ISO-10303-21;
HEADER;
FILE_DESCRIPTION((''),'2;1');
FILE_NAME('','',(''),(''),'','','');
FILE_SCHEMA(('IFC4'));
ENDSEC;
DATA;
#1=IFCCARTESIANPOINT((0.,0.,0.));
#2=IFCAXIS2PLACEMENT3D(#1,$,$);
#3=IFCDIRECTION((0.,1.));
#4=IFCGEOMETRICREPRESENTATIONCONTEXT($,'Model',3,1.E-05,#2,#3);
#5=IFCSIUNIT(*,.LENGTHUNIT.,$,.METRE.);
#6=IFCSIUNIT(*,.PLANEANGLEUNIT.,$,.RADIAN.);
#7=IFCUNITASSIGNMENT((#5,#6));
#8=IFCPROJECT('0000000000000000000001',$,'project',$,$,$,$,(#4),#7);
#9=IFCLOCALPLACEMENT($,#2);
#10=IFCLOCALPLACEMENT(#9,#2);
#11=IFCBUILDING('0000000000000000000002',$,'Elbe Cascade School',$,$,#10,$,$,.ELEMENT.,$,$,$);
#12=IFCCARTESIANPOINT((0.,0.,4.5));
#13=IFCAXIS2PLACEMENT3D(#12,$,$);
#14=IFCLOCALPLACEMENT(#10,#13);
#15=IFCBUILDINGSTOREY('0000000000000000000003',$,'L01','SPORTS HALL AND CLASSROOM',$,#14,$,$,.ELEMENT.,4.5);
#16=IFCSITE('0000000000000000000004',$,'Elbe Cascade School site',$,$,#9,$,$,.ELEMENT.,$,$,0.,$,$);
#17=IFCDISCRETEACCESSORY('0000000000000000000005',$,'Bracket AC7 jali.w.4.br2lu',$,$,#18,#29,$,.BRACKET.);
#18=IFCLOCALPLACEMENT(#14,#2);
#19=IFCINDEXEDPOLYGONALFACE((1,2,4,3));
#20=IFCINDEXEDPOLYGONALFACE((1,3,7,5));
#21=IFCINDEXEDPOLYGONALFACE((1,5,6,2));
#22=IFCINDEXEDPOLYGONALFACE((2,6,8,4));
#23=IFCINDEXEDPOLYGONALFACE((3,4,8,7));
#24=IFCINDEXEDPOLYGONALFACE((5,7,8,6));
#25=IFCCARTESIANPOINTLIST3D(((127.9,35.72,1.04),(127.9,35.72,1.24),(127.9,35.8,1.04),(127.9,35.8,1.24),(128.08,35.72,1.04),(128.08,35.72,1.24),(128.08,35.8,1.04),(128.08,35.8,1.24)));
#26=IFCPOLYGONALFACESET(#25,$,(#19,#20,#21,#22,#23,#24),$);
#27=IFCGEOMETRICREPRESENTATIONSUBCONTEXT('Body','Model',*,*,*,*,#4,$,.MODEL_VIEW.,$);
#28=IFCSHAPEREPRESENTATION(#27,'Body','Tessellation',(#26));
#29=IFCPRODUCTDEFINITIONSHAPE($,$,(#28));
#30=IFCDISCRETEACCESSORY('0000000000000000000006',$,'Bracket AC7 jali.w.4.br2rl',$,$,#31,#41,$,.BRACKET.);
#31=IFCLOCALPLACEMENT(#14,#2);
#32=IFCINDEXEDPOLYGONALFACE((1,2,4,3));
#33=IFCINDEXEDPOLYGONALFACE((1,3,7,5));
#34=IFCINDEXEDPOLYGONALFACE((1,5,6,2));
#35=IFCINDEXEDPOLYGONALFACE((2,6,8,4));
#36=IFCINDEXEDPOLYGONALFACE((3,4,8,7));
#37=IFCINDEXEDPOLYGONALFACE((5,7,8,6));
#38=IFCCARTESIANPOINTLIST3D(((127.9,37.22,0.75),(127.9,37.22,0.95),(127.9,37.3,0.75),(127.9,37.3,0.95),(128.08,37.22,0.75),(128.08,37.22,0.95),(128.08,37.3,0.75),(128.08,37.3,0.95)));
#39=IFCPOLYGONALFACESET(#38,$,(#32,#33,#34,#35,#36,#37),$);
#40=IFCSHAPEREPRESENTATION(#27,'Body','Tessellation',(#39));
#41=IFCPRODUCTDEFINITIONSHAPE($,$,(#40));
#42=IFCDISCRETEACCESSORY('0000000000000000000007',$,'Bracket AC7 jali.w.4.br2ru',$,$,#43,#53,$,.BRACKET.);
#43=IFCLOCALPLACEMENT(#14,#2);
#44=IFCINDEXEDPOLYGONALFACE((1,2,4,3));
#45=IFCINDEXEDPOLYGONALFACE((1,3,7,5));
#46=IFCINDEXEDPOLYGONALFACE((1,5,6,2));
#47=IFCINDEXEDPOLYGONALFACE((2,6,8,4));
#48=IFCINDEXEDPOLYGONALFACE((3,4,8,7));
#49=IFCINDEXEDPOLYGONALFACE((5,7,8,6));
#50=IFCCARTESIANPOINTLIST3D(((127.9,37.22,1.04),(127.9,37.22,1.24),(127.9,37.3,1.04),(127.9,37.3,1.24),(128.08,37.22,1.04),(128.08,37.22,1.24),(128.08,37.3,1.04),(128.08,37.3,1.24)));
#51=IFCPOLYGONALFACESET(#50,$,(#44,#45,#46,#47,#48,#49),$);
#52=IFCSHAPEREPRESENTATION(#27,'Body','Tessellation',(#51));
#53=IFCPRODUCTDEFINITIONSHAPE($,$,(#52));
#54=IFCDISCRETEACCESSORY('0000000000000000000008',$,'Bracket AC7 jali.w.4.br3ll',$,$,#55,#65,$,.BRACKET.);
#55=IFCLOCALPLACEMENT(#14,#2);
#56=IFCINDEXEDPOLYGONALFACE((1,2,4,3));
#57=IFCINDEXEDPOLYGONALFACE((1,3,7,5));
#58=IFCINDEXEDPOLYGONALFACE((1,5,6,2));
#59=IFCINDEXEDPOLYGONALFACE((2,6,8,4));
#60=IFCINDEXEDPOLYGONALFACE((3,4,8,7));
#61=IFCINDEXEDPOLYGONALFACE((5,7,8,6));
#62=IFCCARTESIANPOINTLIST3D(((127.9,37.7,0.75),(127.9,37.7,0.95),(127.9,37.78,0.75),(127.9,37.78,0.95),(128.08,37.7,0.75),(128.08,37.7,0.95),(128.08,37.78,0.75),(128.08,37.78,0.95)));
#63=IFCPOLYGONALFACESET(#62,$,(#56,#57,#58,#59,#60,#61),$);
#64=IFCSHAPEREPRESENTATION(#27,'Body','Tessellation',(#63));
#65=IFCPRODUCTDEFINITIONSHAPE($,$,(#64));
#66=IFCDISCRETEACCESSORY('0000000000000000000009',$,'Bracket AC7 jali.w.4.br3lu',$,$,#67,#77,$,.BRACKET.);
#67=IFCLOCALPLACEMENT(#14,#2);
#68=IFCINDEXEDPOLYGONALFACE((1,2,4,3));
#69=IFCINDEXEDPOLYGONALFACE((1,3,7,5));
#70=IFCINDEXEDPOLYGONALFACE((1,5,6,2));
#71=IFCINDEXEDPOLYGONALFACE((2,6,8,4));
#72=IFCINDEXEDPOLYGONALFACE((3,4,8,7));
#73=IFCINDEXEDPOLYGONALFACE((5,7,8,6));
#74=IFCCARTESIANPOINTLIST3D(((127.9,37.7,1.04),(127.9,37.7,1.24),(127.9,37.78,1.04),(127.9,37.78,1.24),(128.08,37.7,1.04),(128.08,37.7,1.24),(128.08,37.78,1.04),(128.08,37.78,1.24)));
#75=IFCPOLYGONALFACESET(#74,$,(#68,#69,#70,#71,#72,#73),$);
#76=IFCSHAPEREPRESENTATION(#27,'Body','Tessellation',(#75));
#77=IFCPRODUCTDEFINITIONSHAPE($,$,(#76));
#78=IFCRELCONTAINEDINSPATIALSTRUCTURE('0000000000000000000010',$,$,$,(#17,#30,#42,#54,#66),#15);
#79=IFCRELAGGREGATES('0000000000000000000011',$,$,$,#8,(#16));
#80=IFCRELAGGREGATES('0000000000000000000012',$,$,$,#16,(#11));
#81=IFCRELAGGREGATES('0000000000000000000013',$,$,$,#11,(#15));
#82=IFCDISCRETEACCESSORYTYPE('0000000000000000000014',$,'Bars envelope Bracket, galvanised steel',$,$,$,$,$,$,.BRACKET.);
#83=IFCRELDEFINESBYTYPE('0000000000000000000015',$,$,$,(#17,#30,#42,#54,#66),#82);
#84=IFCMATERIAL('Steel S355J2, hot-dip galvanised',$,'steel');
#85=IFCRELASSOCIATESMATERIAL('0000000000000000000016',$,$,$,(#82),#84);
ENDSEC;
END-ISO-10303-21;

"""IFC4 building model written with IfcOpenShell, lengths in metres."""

from ifc_helpers import new_model, si_unit, direction, frame, origin, origin_2d, place, context, subcontext, project, spatial, rectangle, extrude, material, type_object, element, save


model = new_model("IFC4")

# Units and contexts
model_context = context("Model", 3, precision=1e-05, world=origin(), true_north=direction((0.0, 1.0)))
body_context = subcontext(model_context, "Body", "Model", "MODEL_VIEW")
ifc_project = project(units=[si_unit("LENGTHUNIT", "METRE"), si_unit("PLANEANGLEUNIT", "RADIAN")], contexts=[model_context])

# Site, building, storey
site_placement = place(None, origin())
site = spatial("IfcSite", under=ifc_project, at=site_placement, Name="Elbe Cascade School site", CompositionType="ELEMENT", RefElevation=0.0)
building_placement = place(site_placement, origin())
building = spatial("IfcBuilding", under=site, at=building_placement, Name="Elbe Cascade School", CompositionType="ELEMENT")
storey_placement = place(building_placement, frame((0.0, 0.0, 4.5)))
storey = spatial("IfcBuildingStorey", under=building, at=storey_placement, Name="L01", Description="SPORTS HALL AND CLASSROOM", CompositionType="ELEMENT", Elevation=4.5)

# Discrete accessories
ifc_material_1 = material(Name="Steel S355J2, hot-dip galvanised", Category="steel")
discrete_accessory_type = type_object("IfcDiscreteAccessoryType", Name="Bars envelope Bracket, galvanised steel", PredefinedType="BRACKET", material=ifc_material_1)
for number, where, z_axis, x_axis, name in (
    (1, (127.99, 35.76, 1.04), (0.0, 0.0, 1.0), (0.0, 1.0, 0.0), "Bracket AC7 jali.w.4.br2lu"),
    (2, (127.99, 37.26, 0.75), (0.0, 0.0, 1.0), (0.0, 1.0, 0.0), "Bracket AC7 jali.w.4.br2rl"),
    (3, (127.99, 37.26, 1.04), (0.0, 0.0, 1.0), (0.0, 1.0, 0.0), "Bracket AC7 jali.w.4.br2ru"),
    (4, (127.99, 37.74, 0.75), (0.0, 0.0, 1.0), (0.0, 1.0, 0.0), "Bracket AC7 jali.w.4.br3ll"),
    (5, (127.99, 37.74, 1.04), (0.0, 0.0, 1.0), (0.0, 1.0, 0.0), "Bracket AC7 jali.w.4.br3lu"),
):
    element("IfcDiscreteAccessory", number, at=place(storey_placement, frame(where, z_axis=z_axis, x_axis=x_axis)), inside=storey, type_object=discrete_accessory_type, Name=name, PredefinedType="BRACKET", context=body_context, shape_type="SweptSolid", body=[
        extrude(rectangle(XDim=0.0801, YDim=0.1799, at=origin_2d()), origin(), (0.0, 0.0, 1.0), 0.2),
    ])

save(model, "model.ifc")
